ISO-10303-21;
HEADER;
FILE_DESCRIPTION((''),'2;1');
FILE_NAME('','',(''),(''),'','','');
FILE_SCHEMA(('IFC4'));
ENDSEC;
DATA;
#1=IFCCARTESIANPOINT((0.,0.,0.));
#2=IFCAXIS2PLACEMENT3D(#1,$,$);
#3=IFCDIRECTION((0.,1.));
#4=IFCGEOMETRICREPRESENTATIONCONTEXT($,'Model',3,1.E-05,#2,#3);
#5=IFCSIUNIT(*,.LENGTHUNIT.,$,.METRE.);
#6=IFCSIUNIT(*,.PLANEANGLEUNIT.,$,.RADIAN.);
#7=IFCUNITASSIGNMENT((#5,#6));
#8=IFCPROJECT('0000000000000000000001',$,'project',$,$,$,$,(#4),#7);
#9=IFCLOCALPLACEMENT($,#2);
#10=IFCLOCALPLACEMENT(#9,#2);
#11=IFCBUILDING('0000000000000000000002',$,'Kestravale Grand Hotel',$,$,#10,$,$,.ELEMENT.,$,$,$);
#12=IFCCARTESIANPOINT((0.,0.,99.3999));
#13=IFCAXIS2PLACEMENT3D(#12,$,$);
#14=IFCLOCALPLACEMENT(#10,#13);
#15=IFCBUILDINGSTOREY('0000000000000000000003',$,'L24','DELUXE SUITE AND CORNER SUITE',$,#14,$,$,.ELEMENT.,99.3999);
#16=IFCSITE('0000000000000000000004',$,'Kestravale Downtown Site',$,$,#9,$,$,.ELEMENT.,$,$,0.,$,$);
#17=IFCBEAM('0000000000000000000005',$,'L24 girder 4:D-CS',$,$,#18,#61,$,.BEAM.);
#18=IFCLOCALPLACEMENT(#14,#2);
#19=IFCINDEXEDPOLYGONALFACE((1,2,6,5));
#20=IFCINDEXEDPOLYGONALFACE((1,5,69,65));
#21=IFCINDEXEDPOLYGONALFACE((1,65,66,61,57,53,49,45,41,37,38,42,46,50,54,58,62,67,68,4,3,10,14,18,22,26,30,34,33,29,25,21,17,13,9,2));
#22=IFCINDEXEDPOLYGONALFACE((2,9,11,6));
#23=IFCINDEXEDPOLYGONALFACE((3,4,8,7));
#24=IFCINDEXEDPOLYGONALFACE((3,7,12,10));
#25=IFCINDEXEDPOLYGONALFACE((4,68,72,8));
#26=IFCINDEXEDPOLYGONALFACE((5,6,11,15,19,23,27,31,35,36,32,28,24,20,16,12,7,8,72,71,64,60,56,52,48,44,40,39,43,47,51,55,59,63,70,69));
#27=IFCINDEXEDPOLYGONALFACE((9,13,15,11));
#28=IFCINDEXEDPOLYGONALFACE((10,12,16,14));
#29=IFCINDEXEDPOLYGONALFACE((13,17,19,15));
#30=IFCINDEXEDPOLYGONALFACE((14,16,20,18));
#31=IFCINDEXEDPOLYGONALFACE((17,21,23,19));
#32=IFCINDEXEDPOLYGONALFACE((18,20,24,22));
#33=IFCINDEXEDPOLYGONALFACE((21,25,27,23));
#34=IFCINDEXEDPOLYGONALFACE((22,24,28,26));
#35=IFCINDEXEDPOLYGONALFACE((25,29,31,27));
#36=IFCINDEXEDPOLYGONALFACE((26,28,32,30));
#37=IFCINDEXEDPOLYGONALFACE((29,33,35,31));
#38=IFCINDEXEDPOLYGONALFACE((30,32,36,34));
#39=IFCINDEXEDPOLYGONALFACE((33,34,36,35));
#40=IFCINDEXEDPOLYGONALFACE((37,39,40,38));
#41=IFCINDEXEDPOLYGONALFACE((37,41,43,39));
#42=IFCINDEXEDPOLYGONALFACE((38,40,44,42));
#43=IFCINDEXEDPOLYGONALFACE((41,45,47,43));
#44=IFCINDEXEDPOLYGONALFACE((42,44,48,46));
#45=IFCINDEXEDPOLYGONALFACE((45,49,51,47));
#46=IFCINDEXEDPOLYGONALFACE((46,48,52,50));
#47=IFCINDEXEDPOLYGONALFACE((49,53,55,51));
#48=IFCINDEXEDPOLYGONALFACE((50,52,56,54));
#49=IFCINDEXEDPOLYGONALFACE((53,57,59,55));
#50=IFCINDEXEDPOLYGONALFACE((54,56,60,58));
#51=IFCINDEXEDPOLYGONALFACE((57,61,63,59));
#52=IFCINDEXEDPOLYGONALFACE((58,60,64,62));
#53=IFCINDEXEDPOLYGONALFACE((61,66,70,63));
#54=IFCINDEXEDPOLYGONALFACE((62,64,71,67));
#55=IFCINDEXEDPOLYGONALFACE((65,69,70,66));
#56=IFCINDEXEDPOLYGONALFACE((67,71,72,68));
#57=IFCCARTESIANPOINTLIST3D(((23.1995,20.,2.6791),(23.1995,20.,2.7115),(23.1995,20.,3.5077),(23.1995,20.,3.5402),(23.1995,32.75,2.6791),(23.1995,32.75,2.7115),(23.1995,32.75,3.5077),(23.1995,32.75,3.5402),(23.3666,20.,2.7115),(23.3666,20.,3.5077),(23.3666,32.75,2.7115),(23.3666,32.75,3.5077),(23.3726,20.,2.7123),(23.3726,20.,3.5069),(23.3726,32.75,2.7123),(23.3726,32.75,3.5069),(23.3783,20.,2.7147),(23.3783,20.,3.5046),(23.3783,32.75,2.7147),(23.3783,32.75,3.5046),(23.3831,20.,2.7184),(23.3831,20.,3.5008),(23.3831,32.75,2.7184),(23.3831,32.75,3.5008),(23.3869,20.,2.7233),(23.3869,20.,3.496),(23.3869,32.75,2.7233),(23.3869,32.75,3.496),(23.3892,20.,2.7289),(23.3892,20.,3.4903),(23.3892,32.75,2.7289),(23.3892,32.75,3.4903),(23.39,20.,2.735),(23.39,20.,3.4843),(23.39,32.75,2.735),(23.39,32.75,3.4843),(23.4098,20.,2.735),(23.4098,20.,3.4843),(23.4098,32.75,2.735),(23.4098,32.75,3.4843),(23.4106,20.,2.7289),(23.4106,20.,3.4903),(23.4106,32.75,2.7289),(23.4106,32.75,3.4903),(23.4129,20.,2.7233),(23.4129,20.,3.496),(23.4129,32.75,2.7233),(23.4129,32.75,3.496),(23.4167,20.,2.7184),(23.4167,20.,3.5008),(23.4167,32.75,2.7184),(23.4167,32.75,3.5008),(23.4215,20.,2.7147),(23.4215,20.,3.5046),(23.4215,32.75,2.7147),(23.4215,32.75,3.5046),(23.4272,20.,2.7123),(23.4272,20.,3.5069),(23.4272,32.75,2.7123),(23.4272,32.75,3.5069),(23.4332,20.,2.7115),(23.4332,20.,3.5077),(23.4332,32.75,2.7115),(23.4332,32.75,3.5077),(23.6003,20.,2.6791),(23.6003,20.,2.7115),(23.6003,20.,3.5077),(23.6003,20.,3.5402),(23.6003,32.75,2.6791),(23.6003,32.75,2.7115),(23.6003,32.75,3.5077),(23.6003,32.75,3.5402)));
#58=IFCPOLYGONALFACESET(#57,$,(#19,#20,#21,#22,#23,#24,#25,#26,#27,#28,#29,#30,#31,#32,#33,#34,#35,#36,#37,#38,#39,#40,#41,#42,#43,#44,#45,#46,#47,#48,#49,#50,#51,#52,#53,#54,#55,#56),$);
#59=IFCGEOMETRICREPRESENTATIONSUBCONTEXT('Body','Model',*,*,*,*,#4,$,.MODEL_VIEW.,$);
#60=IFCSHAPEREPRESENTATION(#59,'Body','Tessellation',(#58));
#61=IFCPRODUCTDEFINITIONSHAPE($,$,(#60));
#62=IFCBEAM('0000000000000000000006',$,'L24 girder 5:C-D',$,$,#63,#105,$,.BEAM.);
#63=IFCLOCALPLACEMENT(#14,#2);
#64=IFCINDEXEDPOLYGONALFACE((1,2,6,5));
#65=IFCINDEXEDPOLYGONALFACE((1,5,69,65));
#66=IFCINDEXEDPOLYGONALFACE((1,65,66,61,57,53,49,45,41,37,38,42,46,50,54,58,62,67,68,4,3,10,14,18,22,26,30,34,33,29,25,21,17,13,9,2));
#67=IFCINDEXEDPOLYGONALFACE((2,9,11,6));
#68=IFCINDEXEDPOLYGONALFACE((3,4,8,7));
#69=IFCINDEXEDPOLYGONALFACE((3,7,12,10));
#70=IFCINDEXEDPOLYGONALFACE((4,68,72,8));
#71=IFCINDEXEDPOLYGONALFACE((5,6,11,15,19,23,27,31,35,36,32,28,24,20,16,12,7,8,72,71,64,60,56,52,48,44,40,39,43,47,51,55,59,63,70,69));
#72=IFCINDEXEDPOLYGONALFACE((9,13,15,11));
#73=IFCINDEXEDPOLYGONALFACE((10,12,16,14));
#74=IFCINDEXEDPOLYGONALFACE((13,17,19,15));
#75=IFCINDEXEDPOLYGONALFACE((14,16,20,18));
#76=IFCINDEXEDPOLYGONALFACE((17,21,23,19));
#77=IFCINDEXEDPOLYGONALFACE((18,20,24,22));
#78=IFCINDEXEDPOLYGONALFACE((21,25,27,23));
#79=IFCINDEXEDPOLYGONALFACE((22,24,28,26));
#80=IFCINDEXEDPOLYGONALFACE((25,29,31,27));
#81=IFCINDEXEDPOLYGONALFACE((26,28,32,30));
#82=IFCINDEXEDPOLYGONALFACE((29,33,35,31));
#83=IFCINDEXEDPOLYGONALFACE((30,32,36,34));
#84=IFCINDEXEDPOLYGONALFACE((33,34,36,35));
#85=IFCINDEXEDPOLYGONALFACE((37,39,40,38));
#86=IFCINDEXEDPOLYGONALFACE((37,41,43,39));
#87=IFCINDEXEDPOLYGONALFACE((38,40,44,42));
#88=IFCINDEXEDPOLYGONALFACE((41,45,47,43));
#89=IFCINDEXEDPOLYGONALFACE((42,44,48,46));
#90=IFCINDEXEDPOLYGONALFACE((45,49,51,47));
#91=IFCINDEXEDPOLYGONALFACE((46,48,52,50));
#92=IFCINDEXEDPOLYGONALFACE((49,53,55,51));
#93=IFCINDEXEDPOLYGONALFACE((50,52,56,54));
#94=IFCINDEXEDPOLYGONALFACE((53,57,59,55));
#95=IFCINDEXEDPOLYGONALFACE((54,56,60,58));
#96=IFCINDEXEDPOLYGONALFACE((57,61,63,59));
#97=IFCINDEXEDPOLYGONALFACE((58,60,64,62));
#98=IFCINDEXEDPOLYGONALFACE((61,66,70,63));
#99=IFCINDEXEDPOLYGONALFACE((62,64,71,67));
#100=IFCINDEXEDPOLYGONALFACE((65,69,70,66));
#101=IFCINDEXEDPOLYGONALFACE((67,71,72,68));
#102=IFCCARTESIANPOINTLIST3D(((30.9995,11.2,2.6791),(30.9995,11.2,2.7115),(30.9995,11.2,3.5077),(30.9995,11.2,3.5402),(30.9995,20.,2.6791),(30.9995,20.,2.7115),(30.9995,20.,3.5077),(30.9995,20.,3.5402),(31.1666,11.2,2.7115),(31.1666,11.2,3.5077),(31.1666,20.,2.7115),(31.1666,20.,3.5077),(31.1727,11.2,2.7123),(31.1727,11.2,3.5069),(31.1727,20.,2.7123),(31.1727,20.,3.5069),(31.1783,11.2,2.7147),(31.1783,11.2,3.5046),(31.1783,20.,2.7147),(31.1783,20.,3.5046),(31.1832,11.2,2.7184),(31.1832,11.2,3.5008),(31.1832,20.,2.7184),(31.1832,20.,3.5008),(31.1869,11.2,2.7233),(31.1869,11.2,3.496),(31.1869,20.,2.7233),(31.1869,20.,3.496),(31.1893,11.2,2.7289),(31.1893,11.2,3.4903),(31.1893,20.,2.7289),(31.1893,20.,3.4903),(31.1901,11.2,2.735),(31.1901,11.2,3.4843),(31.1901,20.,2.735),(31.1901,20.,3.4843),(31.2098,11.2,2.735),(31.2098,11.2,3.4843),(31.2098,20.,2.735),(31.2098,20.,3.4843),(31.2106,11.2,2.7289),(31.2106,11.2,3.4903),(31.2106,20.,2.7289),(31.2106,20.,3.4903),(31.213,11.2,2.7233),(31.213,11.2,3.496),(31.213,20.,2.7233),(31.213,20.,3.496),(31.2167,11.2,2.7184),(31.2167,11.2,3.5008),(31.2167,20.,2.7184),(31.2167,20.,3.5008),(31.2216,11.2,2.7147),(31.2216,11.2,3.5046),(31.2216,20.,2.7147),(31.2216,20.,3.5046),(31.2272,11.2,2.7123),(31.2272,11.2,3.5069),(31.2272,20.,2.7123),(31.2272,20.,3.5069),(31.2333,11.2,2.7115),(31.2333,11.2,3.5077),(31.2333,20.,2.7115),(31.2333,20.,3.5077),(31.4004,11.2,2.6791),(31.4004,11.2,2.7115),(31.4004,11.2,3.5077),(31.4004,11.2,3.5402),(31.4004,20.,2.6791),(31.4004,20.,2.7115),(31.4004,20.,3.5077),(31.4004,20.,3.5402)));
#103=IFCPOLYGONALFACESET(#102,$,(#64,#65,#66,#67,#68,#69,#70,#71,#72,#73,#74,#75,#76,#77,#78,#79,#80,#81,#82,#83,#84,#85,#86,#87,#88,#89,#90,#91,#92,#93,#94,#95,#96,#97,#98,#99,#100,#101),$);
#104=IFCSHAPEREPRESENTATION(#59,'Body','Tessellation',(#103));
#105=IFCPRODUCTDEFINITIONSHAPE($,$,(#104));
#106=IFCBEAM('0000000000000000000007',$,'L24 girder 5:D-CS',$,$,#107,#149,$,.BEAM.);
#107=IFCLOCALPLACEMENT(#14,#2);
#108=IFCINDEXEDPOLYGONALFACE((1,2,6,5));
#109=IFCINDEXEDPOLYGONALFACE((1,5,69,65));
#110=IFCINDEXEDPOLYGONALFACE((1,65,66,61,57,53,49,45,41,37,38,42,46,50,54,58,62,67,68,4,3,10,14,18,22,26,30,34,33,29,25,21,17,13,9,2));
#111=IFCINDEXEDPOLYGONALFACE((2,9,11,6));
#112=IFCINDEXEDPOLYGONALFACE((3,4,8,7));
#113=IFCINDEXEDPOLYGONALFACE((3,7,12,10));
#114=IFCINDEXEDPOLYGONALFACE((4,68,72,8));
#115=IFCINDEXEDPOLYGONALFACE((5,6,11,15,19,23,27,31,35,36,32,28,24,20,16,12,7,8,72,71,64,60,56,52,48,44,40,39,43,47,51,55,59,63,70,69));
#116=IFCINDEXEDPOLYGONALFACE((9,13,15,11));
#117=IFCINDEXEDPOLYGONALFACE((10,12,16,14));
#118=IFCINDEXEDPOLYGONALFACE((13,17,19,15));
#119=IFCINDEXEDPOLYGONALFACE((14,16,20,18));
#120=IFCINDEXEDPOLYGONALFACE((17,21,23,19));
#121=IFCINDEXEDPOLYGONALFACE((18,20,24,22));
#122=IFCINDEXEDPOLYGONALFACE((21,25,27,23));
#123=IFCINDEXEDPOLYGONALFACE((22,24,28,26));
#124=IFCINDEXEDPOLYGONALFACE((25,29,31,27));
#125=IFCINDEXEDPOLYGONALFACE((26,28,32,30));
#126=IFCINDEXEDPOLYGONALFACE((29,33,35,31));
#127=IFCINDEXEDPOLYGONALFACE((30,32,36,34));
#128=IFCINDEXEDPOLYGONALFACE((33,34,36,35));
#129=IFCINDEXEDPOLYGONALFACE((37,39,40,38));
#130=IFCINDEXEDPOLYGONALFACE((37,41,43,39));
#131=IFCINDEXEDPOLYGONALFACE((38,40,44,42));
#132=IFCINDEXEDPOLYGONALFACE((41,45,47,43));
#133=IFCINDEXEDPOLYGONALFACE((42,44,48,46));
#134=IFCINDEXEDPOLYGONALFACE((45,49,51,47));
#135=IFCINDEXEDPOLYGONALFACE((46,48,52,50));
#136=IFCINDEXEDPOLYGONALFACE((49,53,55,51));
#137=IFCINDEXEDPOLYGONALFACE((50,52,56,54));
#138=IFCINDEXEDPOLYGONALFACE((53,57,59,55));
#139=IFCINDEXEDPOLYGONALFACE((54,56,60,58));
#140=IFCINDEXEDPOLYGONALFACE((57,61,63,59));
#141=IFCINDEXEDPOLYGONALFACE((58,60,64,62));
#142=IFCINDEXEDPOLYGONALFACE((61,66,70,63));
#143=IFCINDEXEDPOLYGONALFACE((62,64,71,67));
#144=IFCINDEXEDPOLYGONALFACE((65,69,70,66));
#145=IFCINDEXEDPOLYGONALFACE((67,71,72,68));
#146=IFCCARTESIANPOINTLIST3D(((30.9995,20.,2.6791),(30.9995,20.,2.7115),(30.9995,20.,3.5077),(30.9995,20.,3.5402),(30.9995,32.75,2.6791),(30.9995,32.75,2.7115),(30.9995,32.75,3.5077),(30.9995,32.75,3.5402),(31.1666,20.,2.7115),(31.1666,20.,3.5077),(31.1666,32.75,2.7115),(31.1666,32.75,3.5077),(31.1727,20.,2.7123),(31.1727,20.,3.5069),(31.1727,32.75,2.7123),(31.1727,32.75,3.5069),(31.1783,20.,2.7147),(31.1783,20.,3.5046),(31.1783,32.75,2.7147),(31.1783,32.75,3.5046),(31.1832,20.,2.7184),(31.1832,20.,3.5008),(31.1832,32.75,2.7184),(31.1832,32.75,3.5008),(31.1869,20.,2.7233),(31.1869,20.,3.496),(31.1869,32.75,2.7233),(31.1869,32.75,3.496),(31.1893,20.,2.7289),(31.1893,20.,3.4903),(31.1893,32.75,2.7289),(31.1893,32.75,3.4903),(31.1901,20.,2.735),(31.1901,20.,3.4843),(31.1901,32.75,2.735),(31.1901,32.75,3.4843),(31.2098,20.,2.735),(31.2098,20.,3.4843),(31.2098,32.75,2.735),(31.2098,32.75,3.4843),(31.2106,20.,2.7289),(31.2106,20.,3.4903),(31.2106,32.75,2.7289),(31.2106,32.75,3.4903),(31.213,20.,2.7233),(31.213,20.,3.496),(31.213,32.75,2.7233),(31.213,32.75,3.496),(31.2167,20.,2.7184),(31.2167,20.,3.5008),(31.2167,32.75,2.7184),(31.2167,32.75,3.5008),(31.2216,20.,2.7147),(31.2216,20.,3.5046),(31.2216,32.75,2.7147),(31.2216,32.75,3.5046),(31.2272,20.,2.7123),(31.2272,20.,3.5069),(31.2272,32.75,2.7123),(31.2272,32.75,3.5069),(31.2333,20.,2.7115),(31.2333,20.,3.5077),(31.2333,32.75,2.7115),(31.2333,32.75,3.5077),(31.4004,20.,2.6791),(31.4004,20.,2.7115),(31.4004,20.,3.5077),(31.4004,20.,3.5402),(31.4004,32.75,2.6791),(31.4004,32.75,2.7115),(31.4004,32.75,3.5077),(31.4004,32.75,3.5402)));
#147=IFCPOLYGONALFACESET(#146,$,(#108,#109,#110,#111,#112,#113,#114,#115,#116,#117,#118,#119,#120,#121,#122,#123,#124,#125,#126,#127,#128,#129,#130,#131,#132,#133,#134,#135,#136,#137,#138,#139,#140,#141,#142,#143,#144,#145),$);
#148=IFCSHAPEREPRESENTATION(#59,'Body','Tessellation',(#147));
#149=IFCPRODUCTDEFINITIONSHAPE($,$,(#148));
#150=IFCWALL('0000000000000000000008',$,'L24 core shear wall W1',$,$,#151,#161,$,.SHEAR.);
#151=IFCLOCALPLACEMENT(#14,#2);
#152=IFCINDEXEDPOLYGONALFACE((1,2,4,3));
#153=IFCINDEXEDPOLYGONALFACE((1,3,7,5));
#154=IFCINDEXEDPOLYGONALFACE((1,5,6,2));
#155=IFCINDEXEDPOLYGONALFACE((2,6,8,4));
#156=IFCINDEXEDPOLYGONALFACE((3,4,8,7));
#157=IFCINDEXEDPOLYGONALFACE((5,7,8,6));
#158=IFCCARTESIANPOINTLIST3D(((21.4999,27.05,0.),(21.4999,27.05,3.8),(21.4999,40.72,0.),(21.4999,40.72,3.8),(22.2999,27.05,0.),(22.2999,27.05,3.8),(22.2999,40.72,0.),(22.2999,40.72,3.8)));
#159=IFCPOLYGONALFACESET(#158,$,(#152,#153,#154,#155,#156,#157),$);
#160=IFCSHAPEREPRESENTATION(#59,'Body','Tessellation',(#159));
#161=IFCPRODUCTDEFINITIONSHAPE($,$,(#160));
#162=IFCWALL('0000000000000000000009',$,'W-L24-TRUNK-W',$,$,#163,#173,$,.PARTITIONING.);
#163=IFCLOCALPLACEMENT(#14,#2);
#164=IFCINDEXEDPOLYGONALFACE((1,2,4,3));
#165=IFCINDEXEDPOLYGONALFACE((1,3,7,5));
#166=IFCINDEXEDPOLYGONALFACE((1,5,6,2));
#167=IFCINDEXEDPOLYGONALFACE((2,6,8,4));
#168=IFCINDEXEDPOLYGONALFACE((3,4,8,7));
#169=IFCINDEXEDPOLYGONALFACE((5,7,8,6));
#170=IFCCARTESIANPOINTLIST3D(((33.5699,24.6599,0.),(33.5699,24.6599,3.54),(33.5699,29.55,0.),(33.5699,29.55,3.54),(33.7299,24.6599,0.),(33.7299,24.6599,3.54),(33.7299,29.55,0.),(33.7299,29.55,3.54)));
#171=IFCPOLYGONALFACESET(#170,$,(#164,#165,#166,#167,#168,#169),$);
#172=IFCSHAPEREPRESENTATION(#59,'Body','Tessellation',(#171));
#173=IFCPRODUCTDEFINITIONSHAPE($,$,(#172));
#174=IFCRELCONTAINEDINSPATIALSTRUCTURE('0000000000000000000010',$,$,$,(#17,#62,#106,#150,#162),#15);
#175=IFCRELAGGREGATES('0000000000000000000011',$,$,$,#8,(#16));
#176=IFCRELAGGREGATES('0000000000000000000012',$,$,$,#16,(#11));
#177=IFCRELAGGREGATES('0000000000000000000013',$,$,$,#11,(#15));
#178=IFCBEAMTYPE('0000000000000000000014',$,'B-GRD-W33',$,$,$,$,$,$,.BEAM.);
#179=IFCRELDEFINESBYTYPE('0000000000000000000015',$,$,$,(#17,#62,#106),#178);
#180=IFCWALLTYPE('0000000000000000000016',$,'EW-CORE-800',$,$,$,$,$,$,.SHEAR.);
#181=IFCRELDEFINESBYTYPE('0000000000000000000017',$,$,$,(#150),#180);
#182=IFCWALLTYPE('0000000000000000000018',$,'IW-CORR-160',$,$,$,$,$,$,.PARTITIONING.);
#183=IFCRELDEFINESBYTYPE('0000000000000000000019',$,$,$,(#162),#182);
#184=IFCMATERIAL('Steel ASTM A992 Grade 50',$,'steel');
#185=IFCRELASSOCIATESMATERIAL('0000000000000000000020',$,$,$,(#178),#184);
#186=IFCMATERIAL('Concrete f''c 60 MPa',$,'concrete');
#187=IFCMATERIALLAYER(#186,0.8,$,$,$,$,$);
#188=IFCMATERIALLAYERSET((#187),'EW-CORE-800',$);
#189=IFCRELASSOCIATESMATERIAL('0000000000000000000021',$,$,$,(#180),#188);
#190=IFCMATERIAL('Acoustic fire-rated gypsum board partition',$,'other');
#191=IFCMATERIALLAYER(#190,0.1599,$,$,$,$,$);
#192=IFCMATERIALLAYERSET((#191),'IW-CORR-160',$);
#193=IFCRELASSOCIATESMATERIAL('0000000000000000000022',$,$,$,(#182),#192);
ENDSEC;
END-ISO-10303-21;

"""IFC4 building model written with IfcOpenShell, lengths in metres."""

from ifc_helpers import new_model, si_unit, direction, frame, frame_2d, origin, origin_2d, place, context, subcontext, project, spatial, rectangle, i_section, extrude, material, layer, layer_set, material_profile, profile_set, type_object, element, save


model = new_model("IFC4")

# Units and contexts
model_context = context("Model", 3, precision=1e-05, world=origin(), true_north=direction((0.0, 1.0)))
body_context = subcontext(model_context, "Body", "Model", "MODEL_VIEW")
ifc_project = project(units=[si_unit("LENGTHUNIT", "METRE"), si_unit("PLANEANGLEUNIT", "RADIAN")], contexts=[model_context])

# Site, building, storey
site_placement = place(None, origin())
site = spatial("IfcSite", under=ifc_project, at=site_placement, Name="Kestravale Downtown Site", CompositionType="ELEMENT", RefElevation=0.0)
building_placement = place(site_placement, origin())
building = spatial("IfcBuilding", under=site, at=building_placement, Name="Kestravale Grand Hotel", CompositionType="ELEMENT")
storey_placement = place(building_placement, frame((0.0, 0.0, 99.3999)))
storey = spatial("IfcBuildingStorey", under=building, at=storey_placement, Name="L24", Description="DELUXE SUITE AND CORNER SUITE", CompositionType="ELEMENT", Elevation=99.3999)

# Beams
ifc_material_1 = material(Name="Steel ASTM A992 Grade 50", Category="steel")
ifc_material_profile_1 = material_profile(ifc_material_1, i_section(OverallWidth=0.4009, OverallDepth=0.8611, WebThickness=0.0198, FlangeThickness=0.0325, FilletRadius=0.0234, at=origin_2d()))
ifc_profile_set_1 = profile_set([ifc_material_profile_1], Name="Steel ASTM A992 Grade 50")
beam_type_1 = type_object("IfcBeamType", Name="B-GRD-W33", PredefinedType="BEAM", material=ifc_profile_set_1)
beam_1_placement = place(storey_placement, frame((23.3999, 20.0, 3.1096), z_axis=(0.0, 1.0, 0.0), x_axis=(-1.0, 0.0, 0.0)))
element("IfcBeam", 1, at=beam_1_placement, inside=storey, type_object=beam_type_1, Name="L24 girder 4:D-CS", PredefinedType="BEAM", context=body_context, shape_type="SweptSolid", body=[
    extrude(i_section(OverallWidth=0.4009, OverallDepth=0.8611, WebThickness=0.0198, FlangeThickness=0.0325, FilletRadius=0.0234, at=origin_2d()), origin(), (0.0, 0.0, 1.0), 12.75),
])
beam_2_placement = place(storey_placement, frame((31.2, 11.2, 3.1096), z_axis=(0.0, 1.0, 0.0), x_axis=(-1.0, 0.0, 0.0)))
element("IfcBeam", 2, at=beam_2_placement, inside=storey, type_object=beam_type_1, Name="L24 girder 5:C-D", PredefinedType="BEAM", context=body_context, shape_type="SweptSolid", body=[
    extrude(i_section(OverallWidth=0.4009, OverallDepth=0.8611, WebThickness=0.0198, FlangeThickness=0.0325, FilletRadius=0.0234, at=origin_2d()), origin(), (0.0, 0.0, 1.0), 8.8),
])
beam_3_placement = place(storey_placement, frame((31.2, 20.0, 3.1096), z_axis=(0.0, 1.0, 0.0), x_axis=(-1.0, 0.0, 0.0)))
element("IfcBeam", 3, at=beam_3_placement, inside=storey, type_object=beam_type_1, Name="L24 girder 5:D-CS", PredefinedType="BEAM", context=body_context, shape_type="SweptSolid", body=[
    extrude(i_section(OverallWidth=0.4009, OverallDepth=0.8611, WebThickness=0.0198, FlangeThickness=0.0325, FilletRadius=0.0234, at=origin_2d()), origin(), (0.0, 0.0, 1.0), 12.75),
])

# Walls
ifc_material_2 = material(Name="Concrete f'c 60 MPa", Category="concrete")
ifc_layer_1 = layer(ifc_material_2, 0.8)
ifc_layer_set_1 = layer_set([ifc_layer_1], Name="EW-CORE-800")
wall_type_1 = type_object("IfcWallType", Name="EW-CORE-800", PredefinedType="SHEAR", material=ifc_layer_set_1)
wall_1_placement = place(storey_placement, frame((21.8999, 27.05, 0.0), z_axis=(0.0, 0.0, 1.0), x_axis=(0.0, 1.0, 0.0)))
element("IfcWall", 4, at=wall_1_placement, inside=storey, type_object=wall_type_1, Name="L24 core shear wall W1", PredefinedType="SHEAR", context=body_context, shape_type="SweptSolid", body=[
    extrude(rectangle(XDim=13.6699, YDim=0.8, at=frame_2d((6.835, 0.0))), origin(), (0.0, 0.0, 1.0), 3.8),
])
ifc_material_3 = material(Name="Acoustic fire-rated gypsum board partition", Category="other")
ifc_layer_2 = layer(ifc_material_3, 0.1599)
ifc_layer_set_2 = layer_set([ifc_layer_2], Name="IW-CORR-160")
wall_type_2 = type_object("IfcWallType", Name="IW-CORR-160", PredefinedType="PARTITIONING", material=ifc_layer_set_2)
wall_2_placement = place(storey_placement, frame((33.6499, 24.6599, 0.0), z_axis=(0.0, 0.0, 1.0), x_axis=(0.0, 1.0, 0.0)))
element("IfcWall", 5, at=wall_2_placement, inside=storey, type_object=wall_type_2, Name="W-L24-TRUNK-W", PredefinedType="PARTITIONING", context=body_context, shape_type="SweptSolid", body=[
    extrude(rectangle(XDim=4.8901, YDim=0.1599, at=frame_2d((2.4451, 0.0))), origin(), (0.0, 0.0, 1.0), 3.54),
])

save(model, "model.ifc")
